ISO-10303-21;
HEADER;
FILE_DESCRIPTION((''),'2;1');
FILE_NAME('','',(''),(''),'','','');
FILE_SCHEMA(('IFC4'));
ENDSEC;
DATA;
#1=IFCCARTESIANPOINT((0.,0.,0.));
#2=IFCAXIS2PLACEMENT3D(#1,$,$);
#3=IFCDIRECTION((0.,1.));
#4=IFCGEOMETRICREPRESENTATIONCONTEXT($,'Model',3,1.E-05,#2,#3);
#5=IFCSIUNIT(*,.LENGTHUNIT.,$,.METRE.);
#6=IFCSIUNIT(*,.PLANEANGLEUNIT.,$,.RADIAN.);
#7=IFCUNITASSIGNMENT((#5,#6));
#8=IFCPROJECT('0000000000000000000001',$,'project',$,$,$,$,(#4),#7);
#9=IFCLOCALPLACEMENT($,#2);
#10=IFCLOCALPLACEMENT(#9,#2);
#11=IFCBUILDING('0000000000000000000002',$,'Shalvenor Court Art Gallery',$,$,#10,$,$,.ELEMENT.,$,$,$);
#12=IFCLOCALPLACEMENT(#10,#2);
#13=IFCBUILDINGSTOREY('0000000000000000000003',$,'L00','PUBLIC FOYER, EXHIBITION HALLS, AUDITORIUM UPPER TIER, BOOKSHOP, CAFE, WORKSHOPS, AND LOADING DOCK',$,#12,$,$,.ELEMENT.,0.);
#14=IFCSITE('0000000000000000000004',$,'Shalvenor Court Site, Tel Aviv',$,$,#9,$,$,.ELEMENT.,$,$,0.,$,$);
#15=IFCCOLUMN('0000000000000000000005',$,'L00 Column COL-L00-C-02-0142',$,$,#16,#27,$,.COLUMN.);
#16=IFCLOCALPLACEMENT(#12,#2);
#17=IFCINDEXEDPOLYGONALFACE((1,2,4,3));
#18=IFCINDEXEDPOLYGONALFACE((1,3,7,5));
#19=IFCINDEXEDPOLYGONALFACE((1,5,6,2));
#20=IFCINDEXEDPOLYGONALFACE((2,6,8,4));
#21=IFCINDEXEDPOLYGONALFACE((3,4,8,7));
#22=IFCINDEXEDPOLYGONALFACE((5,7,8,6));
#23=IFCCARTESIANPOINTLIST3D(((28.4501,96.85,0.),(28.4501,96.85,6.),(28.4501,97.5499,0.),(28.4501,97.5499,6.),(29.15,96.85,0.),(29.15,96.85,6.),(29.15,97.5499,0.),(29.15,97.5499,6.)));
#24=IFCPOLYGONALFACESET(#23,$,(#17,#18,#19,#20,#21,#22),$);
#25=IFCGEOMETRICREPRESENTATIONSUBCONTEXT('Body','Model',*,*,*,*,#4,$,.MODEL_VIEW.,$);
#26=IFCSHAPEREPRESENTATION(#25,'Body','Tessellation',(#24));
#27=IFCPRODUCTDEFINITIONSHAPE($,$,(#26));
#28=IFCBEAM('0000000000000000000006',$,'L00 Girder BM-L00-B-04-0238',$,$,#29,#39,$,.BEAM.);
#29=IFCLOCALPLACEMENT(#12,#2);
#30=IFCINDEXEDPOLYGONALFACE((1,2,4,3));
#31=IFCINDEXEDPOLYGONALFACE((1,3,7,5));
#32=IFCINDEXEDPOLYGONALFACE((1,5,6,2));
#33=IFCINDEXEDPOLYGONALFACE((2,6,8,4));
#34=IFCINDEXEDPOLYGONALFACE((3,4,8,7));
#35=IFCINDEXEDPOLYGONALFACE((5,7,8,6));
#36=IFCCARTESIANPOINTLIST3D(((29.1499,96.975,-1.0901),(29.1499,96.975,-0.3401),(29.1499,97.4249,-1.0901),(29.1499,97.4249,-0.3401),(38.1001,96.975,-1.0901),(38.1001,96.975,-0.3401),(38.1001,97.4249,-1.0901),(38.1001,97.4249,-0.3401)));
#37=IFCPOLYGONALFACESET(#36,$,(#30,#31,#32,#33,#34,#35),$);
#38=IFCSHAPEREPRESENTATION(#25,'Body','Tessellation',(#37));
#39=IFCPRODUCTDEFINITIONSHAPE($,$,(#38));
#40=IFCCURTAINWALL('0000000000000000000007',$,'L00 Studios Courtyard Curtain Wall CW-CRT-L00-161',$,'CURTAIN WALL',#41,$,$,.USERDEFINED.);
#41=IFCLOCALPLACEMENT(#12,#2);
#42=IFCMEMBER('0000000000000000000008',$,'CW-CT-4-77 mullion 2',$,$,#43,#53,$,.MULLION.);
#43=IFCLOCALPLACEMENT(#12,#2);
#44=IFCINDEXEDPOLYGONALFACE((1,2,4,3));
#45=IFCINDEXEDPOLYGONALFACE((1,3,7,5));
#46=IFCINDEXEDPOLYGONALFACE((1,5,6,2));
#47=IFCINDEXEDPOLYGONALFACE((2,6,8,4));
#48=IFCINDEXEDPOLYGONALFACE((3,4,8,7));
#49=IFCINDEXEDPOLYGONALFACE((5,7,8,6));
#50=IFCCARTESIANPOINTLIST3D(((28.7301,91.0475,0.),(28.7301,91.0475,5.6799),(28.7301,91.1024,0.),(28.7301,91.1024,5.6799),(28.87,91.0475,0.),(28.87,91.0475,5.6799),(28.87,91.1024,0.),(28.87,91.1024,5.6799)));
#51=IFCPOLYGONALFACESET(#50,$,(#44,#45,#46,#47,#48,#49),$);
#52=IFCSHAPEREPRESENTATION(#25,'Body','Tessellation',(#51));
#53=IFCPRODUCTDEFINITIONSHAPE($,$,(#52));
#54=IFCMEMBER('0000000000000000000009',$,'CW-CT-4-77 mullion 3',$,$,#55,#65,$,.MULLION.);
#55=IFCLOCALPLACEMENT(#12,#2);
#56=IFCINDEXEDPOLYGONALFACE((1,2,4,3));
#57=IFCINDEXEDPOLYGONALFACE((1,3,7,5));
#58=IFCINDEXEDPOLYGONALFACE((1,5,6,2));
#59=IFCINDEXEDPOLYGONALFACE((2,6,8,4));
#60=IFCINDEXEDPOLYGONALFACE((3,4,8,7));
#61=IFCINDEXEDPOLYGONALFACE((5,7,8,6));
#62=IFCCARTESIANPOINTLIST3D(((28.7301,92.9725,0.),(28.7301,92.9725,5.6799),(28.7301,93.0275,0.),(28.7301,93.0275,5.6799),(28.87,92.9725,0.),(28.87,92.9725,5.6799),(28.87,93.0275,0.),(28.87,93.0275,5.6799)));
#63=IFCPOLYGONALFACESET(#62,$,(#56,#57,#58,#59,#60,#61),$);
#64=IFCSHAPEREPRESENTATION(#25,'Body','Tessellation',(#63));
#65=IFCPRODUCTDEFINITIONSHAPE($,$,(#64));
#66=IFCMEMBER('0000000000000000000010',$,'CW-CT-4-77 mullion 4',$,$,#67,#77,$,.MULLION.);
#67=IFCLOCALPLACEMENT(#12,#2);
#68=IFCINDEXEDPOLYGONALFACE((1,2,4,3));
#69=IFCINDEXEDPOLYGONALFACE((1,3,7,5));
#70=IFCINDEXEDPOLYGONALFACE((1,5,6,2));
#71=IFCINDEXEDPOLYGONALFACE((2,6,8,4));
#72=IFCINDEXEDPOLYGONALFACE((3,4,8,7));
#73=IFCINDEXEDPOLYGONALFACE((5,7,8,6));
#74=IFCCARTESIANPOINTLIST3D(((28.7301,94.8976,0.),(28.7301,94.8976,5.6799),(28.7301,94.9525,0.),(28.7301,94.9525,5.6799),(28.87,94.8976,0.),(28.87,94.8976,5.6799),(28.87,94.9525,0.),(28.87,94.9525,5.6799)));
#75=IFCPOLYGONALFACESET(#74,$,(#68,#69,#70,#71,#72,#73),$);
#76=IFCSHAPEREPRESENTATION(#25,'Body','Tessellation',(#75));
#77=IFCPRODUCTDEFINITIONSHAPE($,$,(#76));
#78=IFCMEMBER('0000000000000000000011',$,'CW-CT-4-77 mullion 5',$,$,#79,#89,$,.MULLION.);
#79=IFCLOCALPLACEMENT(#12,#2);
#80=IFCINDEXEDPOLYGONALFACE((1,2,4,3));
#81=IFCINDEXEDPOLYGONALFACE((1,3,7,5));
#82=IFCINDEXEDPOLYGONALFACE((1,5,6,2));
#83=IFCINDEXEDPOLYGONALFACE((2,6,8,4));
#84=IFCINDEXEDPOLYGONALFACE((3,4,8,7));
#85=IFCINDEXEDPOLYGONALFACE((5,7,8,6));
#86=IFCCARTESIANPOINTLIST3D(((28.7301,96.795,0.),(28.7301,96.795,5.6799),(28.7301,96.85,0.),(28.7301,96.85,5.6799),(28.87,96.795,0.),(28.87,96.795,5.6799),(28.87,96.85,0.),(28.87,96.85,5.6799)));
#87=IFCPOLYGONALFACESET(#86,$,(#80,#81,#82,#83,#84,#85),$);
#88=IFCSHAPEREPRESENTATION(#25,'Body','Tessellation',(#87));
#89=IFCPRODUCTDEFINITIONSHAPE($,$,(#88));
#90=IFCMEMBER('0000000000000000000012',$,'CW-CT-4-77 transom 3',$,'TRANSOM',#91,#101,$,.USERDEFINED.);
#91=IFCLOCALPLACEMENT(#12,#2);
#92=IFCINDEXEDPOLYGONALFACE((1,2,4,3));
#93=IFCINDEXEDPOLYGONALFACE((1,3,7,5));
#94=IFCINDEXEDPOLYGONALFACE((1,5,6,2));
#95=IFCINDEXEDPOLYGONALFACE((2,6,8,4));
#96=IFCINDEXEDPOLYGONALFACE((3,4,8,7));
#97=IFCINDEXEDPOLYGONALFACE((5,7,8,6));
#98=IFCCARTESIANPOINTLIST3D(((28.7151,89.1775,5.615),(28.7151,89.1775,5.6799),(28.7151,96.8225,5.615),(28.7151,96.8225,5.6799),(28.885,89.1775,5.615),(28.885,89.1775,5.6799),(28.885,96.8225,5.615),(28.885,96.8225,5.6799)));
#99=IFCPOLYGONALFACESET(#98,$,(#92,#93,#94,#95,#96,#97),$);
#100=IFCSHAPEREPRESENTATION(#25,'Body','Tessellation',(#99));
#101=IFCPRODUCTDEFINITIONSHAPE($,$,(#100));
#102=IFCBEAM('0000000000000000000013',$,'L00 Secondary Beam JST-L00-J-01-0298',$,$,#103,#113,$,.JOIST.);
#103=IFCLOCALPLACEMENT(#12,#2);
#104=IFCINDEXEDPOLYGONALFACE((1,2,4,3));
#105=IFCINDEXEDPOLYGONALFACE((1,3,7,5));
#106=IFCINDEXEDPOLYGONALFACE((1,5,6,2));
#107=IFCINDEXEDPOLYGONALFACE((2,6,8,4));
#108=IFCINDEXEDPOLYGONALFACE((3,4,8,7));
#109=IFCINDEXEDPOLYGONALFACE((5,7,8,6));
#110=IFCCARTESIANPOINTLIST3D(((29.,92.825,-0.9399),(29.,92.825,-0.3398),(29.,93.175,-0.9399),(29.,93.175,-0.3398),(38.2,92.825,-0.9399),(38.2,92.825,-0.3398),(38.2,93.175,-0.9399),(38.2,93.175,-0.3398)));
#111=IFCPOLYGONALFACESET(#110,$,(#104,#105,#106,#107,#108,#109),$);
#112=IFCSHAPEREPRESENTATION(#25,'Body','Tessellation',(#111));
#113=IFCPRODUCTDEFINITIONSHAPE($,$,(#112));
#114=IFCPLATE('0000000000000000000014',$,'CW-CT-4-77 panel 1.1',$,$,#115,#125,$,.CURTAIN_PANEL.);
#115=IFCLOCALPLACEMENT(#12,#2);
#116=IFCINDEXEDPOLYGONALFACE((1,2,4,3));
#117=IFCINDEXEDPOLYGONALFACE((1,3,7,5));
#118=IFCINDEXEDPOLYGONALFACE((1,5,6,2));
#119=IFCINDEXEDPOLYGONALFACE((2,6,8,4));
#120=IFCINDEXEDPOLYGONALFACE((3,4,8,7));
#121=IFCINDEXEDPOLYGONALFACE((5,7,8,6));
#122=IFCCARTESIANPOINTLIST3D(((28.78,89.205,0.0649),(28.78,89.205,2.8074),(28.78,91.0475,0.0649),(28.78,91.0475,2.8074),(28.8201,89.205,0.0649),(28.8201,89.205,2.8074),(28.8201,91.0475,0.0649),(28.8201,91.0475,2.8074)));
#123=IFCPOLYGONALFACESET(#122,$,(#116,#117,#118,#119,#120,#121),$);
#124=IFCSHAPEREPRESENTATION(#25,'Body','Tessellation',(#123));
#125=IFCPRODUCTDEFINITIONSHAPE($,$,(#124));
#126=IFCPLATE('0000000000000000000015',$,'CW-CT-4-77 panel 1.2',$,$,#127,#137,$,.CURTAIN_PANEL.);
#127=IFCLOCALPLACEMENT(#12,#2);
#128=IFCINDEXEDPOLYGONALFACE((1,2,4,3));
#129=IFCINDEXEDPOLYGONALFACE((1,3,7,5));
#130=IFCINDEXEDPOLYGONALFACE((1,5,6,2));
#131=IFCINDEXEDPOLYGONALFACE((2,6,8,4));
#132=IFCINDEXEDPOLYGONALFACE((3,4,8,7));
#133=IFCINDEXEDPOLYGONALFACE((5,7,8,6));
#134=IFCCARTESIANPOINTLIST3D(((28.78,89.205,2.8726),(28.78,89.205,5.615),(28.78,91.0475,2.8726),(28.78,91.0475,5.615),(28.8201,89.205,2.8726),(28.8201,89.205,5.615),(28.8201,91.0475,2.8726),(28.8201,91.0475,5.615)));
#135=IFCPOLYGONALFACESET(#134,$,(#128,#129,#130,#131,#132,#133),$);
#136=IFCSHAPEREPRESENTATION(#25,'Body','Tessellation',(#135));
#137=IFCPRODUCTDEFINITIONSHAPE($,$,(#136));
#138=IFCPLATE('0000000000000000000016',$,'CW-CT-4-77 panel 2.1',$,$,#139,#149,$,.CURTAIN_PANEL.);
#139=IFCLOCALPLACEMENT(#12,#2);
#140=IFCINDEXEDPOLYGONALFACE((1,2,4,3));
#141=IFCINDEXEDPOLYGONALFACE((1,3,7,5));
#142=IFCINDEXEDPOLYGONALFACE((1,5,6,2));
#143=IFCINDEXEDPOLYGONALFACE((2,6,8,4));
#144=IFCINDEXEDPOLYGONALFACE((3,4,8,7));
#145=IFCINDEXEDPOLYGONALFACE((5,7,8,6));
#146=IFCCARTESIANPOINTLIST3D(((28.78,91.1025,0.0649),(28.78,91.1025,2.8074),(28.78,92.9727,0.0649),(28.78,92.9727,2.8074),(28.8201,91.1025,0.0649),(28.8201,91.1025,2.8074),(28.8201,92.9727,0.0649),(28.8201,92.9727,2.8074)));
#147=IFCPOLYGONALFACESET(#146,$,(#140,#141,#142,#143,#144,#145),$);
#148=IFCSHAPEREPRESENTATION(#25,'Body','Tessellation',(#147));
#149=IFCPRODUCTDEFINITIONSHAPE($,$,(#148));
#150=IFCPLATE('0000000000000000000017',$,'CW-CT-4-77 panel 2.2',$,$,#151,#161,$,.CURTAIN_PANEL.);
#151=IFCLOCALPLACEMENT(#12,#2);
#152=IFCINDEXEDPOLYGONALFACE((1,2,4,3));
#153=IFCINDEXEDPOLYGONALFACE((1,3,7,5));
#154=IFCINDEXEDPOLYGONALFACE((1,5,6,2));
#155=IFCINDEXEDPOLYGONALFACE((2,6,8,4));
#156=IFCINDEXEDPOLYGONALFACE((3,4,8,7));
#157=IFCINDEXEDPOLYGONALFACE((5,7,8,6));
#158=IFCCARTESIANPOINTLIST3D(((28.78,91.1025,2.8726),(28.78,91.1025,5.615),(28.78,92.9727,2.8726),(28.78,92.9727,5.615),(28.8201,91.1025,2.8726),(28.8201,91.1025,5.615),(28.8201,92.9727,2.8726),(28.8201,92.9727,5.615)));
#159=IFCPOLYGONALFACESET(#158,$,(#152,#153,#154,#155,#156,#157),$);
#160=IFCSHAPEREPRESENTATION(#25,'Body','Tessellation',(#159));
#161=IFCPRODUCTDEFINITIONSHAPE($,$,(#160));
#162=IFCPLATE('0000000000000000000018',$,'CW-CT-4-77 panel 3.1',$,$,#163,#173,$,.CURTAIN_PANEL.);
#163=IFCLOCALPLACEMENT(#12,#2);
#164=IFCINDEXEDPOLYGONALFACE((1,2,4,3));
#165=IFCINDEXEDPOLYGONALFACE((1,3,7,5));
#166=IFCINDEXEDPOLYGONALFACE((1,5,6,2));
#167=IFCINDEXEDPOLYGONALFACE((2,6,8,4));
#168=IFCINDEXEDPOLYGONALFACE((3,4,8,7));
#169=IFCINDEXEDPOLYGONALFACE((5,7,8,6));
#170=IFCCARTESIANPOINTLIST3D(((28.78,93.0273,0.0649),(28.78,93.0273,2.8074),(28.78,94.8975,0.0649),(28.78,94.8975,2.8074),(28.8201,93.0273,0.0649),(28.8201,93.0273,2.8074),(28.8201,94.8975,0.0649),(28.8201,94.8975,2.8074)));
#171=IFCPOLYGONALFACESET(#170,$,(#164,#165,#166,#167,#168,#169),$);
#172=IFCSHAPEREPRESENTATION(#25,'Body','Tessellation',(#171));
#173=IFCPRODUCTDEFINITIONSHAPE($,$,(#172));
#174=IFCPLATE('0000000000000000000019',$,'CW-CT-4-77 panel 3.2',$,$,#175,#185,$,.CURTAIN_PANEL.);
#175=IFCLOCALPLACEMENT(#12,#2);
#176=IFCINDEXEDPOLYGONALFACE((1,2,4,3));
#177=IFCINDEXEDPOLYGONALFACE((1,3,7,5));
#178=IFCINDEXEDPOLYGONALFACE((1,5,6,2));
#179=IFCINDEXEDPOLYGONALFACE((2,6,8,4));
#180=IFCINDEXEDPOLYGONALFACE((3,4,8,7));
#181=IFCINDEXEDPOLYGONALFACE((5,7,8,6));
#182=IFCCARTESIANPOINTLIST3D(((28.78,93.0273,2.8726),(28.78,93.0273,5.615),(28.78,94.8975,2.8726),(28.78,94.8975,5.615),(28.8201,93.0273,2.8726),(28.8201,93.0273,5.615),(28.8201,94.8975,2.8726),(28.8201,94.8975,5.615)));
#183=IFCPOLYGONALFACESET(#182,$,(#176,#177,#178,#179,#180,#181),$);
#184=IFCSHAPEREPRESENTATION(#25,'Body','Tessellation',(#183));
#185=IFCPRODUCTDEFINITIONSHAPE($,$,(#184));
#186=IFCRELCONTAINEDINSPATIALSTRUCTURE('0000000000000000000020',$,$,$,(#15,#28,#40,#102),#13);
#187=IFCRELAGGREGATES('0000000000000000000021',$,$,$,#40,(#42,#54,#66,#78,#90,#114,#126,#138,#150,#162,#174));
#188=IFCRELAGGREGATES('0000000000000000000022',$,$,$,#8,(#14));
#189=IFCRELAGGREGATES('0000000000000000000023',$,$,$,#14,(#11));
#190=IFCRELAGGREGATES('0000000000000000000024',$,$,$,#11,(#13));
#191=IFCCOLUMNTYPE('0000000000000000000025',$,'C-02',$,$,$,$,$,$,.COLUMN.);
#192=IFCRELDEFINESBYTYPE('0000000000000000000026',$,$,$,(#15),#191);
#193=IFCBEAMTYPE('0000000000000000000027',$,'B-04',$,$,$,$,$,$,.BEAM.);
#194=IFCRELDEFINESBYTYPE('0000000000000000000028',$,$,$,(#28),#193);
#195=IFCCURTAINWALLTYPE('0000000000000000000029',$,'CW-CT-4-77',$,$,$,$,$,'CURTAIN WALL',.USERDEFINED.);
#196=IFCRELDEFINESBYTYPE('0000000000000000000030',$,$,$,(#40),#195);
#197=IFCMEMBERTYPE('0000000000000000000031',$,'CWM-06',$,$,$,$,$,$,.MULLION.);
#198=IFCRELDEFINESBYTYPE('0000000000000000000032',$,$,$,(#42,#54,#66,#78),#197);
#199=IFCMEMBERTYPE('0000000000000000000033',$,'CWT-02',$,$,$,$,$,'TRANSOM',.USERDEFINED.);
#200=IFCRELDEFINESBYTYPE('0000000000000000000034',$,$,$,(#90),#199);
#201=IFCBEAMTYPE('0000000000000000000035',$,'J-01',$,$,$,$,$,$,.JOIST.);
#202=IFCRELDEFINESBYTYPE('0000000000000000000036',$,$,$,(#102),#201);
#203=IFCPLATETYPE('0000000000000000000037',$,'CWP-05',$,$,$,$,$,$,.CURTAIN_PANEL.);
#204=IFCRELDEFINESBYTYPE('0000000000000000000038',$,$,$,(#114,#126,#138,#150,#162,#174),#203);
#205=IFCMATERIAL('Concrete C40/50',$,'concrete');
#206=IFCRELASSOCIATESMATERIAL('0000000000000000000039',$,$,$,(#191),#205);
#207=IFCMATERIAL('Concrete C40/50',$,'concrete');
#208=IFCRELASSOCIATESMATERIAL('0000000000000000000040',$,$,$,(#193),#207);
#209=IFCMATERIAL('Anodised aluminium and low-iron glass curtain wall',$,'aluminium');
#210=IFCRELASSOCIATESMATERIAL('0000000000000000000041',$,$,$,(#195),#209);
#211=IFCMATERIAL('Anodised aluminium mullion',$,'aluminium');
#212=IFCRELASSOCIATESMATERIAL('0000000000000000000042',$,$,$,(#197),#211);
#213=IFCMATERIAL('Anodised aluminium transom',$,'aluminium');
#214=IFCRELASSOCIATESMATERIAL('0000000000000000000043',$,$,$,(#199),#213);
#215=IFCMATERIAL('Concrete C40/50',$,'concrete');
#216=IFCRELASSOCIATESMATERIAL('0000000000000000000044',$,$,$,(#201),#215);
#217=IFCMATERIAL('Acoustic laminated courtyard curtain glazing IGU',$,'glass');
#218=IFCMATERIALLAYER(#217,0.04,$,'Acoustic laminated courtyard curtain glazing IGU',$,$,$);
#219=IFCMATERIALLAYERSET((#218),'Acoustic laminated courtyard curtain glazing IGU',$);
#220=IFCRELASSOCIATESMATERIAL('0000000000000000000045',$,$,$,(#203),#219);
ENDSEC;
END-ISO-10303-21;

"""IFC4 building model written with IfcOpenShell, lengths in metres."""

from ifc_helpers import new_model, si_unit, direction, frame, origin, origin_2d, place, context, subcontext, project, spatial, rectangle, extrude, material, layer, layer_set, material_profile, profile_set, type_object, element, aggregate, save


model = new_model("IFC4")

# Units and contexts
model_context = context("Model", 3, precision=1e-05, world=origin(), true_north=direction((0.0, 1.0)))
body_context = subcontext(model_context, "Body", "Model", "MODEL_VIEW")
ifc_project = project(units=[si_unit("LENGTHUNIT", "METRE"), si_unit("PLANEANGLEUNIT", "RADIAN")], contexts=[model_context])

# Site, building, storey
site_placement = place(None, origin())
site = spatial("IfcSite", under=ifc_project, at=site_placement, Name="Shalvenor Court Site, Tel Aviv", CompositionType="ELEMENT", RefElevation=0.0)
building_placement = place(site_placement, origin())
building = spatial("IfcBuilding", under=site, at=building_placement, Name="Shalvenor Court Art Gallery", CompositionType="ELEMENT")
storey_placement = place(building_placement, origin())
storey = spatial("IfcBuildingStorey", under=building, at=storey_placement, Name="L00", Description="PUBLIC FOYER, EXHIBITION HALLS, AUDITORIUM UPPER TIER, BOOKSHOP, CAFE, WORKSHOPS, AND LOADING DOCK", CompositionType="ELEMENT", Elevation=0.0)

# Column
ifc_material_1 = material(Name="Concrete C40/50", Category="concrete")
ifc_material_profile_1 = material_profile(ifc_material_1, rectangle(XDim=0.7, YDim=0.7, at=origin_2d()), Name="RC 700x700")
ifc_profile_set_1 = profile_set([ifc_material_profile_1], Name="Concrete C40/50")
column_type = type_object("IfcColumnType", Name="C-02", PredefinedType="COLUMN", material=ifc_profile_set_1)
column_placement = place(storey_placement, frame((28.8, 97.2, 0.0), z_axis=(0.0, 0.0, 1.0), x_axis=(1.0, 0.0, 0.0)))
element("IfcColumn", 1, at=column_placement, inside=storey, type_object=column_type, Name="L00 Column COL-L00-C-02-0142", PredefinedType="COLUMN", context=body_context, shape_type="SweptSolid", body=[
    extrude(rectangle(XDim=0.7, YDim=0.7, at=origin_2d()), origin(), (0.0, 0.0, 1.0), 6.0),
])

# Beam
ifc_material_2 = material(Name="Concrete C40/50", Category="concrete")
ifc_material_profile_2 = material_profile(ifc_material_2, rectangle(XDim=0.45, YDim=0.75, at=origin_2d()), Name="RC 450x750")
ifc_profile_set_2 = profile_set([ifc_material_profile_2], Name="Concrete C40/50")
beam_type_1 = type_object("IfcBeamType", Name="B-04", PredefinedType="BEAM", material=ifc_profile_set_2)
beam_1_placement = place(storey_placement, frame((29.1499, 97.2, -0.7151), z_axis=(1.0, 0.0, 0.0), x_axis=(0.0, 1.0, 0.0)))
element("IfcBeam", 2, at=beam_1_placement, inside=storey, type_object=beam_type_1, Name="L00 Girder BM-L00-B-04-0238", PredefinedType="BEAM", context=body_context, shape_type="SweptSolid", body=[
    extrude(rectangle(XDim=0.45, YDim=0.75, at=origin_2d()), origin(), (0.0, 0.0, 1.0), 8.9502),
])

# Curtain wall, members
ifc_material_3 = material(Name="Anodised aluminium and low-iron glass curtain wall", Category="aluminium")
curtain_wall_type = type_object("IfcCurtainWallType", Name="CW-CT-4-77", ElementType="CURTAIN WALL", PredefinedType="USERDEFINED", material=ifc_material_3)
curtain_wall_placement = place(storey_placement, origin())
curtain_wall = element("IfcCurtainWall", 3, at=curtain_wall_placement, inside=storey, type_object=curtain_wall_type, Name="L00 Studios Courtyard Curtain Wall CW-CRT-L00-161", ObjectType="CURTAIN WALL", PredefinedType="USERDEFINED")
ifc_material_4 = material(Name="Anodised aluminium mullion", Category="aluminium")
ifc_material_profile_3 = material_profile(ifc_material_4, rectangle(XDim=0.0549, YDim=0.1399, at=origin_2d()), Name="CWM-06")
ifc_profile_set_3 = profile_set([ifc_material_profile_3], Name="Anodised aluminium mullion")
member_type_1 = type_object("IfcMemberType", Name="CWM-06", PredefinedType="MULLION", material=ifc_profile_set_3)
member_1_placement = place(storey_placement, frame((28.8, 91.075, 0.0), z_axis=(0.0, 0.0, 1.0), x_axis=(0.0, 1.0, 0.0)))
member_1 = element("IfcMember", 4, at=member_1_placement, type_object=member_type_1, Name="CW-CT-4-77 mullion 2", PredefinedType="MULLION", context=body_context, shape_type="SweptSolid", body=[
    extrude(rectangle(XDim=0.0549, YDim=0.1399, at=origin_2d()), origin(), (0.0, 0.0, 1.0), 5.6799),
])
member_2_placement = place(storey_placement, frame((28.8, 93.0, 0.0), z_axis=(0.0, 0.0, 1.0), x_axis=(0.0, 1.0, 0.0)))
member_2 = element("IfcMember", 5, at=member_2_placement, type_object=member_type_1, Name="CW-CT-4-77 mullion 3", PredefinedType="MULLION", context=body_context, shape_type="SweptSolid", body=[
    extrude(rectangle(XDim=0.0549, YDim=0.1399, at=origin_2d()), origin(), (0.0, 0.0, 1.0), 5.6799),
])
member_3_placement = place(storey_placement, frame((28.8, 94.925, 0.0), z_axis=(0.0, 0.0, 1.0), x_axis=(0.0, 1.0, 0.0)))
member_3 = element("IfcMember", 6, at=member_3_placement, type_object=member_type_1, Name="CW-CT-4-77 mullion 4", PredefinedType="MULLION", context=body_context, shape_type="SweptSolid", body=[
    extrude(rectangle(XDim=0.0549, YDim=0.1399, at=origin_2d()), origin(), (0.0, 0.0, 1.0), 5.6799),
])
member_4_placement = place(storey_placement, frame((28.8, 96.8225, 0.0), z_axis=(0.0, 0.0, 1.0), x_axis=(0.0, 1.0, 0.0)))
member_4 = element("IfcMember", 7, at=member_4_placement, type_object=member_type_1, Name="CW-CT-4-77 mullion 5", PredefinedType="MULLION", context=body_context, shape_type="SweptSolid", body=[
    extrude(rectangle(XDim=0.0549, YDim=0.1399, at=origin_2d()), origin(), (0.0, 0.0, 1.0), 5.6799),
])
ifc_material_5 = material(Name="Anodised aluminium transom", Category="aluminium")
ifc_material_profile_4 = material_profile(ifc_material_5, rectangle(XDim=0.1699, YDim=0.0649, at=origin_2d()), Name="CWT-02")
ifc_profile_set_4 = profile_set([ifc_material_profile_4], Name="Anodised aluminium transom")
member_type_2 = type_object("IfcMemberType", Name="CWT-02", ElementType="TRANSOM", PredefinedType="USERDEFINED", material=ifc_profile_set_4)
member_5_placement = place(storey_placement, frame((28.8, 89.1775, 5.6475), z_axis=(0.0, 1.0, 0.0), x_axis=(-1.0, 0.0, 0.0)))
member_5 = element("IfcMember", 8, at=member_5_placement, type_object=member_type_2, Name="CW-CT-4-77 transom 3", ObjectType="TRANSOM", PredefinedType="USERDEFINED", context=body_context, shape_type="SweptSolid", body=[
    extrude(rectangle(XDim=0.1699, YDim=0.0649, at=origin_2d()), origin(), (0.0, 0.0, 1.0), 7.645),
])

# Beam
ifc_material_6 = material(Name="Concrete C40/50", Category="concrete")
ifc_material_profile_5 = material_profile(ifc_material_6, rectangle(XDim=0.3501, YDim=0.6001, at=origin_2d()), Name="RC 350x600")
ifc_profile_set_5 = profile_set([ifc_material_profile_5], Name="Concrete C40/50")
beam_type_2 = type_object("IfcBeamType", Name="J-01", PredefinedType="JOIST", material=ifc_profile_set_5)
beam_2_placement = place(storey_placement, frame((29.0, 93.0, -0.6399), z_axis=(1.0, 0.0, 0.0), x_axis=(0.0, 1.0, 0.0)))
element("IfcBeam", 9, at=beam_2_placement, inside=storey, type_object=beam_type_2, Name="L00 Secondary Beam JST-L00-J-01-0298", PredefinedType="JOIST", context=body_context, shape_type="SweptSolid", body=[
    extrude(rectangle(XDim=0.3501, YDim=0.6001, at=origin_2d()), origin(), (0.0, 0.0, 1.0), 9.2),
])

# Plates
ifc_material_7 = material(Name="Acoustic laminated courtyard curtain glazing IGU", Category="glass")
ifc_layer_1 = layer(ifc_material_7, 0.04, Name="Acoustic laminated courtyard curtain glazing IGU")
ifc_layer_set_1 = layer_set([ifc_layer_1], Name="Acoustic laminated courtyard curtain glazing IGU")
plate_type = type_object("IfcPlateType", Name="CWP-05", PredefinedType="CURTAIN_PANEL", material=ifc_layer_set_1)
plate_1_placement = place(storey_placement, frame((28.8, 90.1262, 0.0649), z_axis=(0.0, 0.0, 1.0), x_axis=(0.0, 1.0, 0.0)))
plate_1 = element("IfcPlate", 10, at=plate_1_placement, type_object=plate_type, Name="CW-CT-4-77 panel 1.1", PredefinedType="CURTAIN_PANEL", context=body_context, shape_type="SweptSolid", body=[
    extrude(rectangle(XDim=1.8425, YDim=0.04, at=origin_2d()), origin(), (0.0, 0.0, 1.0), 2.7424),
])
plate_2_placement = place(storey_placement, frame((28.8, 90.1262, 2.8726), z_axis=(0.0, 0.0, 1.0), x_axis=(0.0, 1.0, 0.0)))
plate_2 = element("IfcPlate", 11, at=plate_2_placement, type_object=plate_type, Name="CW-CT-4-77 panel 1.2", PredefinedType="CURTAIN_PANEL", context=body_context, shape_type="SweptSolid", body=[
    extrude(rectangle(XDim=1.8425, YDim=0.04, at=origin_2d()), origin(), (0.0, 0.0, 1.0), 2.7424),
])
plate_3_placement = place(storey_placement, frame((28.8, 92.0376, 0.0649), z_axis=(0.0, 0.0, 1.0), x_axis=(0.0, 1.0, 0.0)))
plate_3 = element("IfcPlate", 12, at=plate_3_placement, type_object=plate_type, Name="CW-CT-4-77 panel 2.1", PredefinedType="CURTAIN_PANEL", context=body_context, shape_type="SweptSolid", body=[
    extrude(rectangle(XDim=1.8701, YDim=0.04, at=origin_2d()), origin(), (0.0, 0.0, 1.0), 2.7424),
])
plate_4_placement = place(storey_placement, frame((28.8, 92.0376, 2.8726), z_axis=(0.0, 0.0, 1.0), x_axis=(0.0, 1.0, 0.0)))
plate_4 = element("IfcPlate", 13, at=plate_4_placement, type_object=plate_type, Name="CW-CT-4-77 panel 2.2", PredefinedType="CURTAIN_PANEL", context=body_context, shape_type="SweptSolid", body=[
    extrude(rectangle(XDim=1.8701, YDim=0.04, at=origin_2d()), origin(), (0.0, 0.0, 1.0), 2.7424),
])
plate_5_placement = place(storey_placement, frame((28.8, 93.9624, 0.0649), z_axis=(0.0, 0.0, 1.0), x_axis=(0.0, 1.0, 0.0)))
plate_5 = element("IfcPlate", 14, at=plate_5_placement, type_object=plate_type, Name="CW-CT-4-77 panel 3.1", PredefinedType="CURTAIN_PANEL", context=body_context, shape_type="SweptSolid", body=[
    extrude(rectangle(XDim=1.8701, YDim=0.04, at=origin_2d()), origin(), (0.0, 0.0, 1.0), 2.7424),
])
plate_6_placement = place(storey_placement, frame((28.8, 93.9624, 2.8726), z_axis=(0.0, 0.0, 1.0), x_axis=(0.0, 1.0, 0.0)))
plate_6 = element("IfcPlate", 15, at=plate_6_placement, type_object=plate_type, Name="CW-CT-4-77 panel 3.2", PredefinedType="CURTAIN_PANEL", context=body_context, shape_type="SweptSolid", body=[
    extrude(rectangle(XDim=1.8701, YDim=0.04, at=origin_2d()), origin(), (0.0, 0.0, 1.0), 2.7424),
])
aggregate(curtain_wall, [member_1, member_2, member_3, member_4, member_5, plate_1, plate_2, plate_3, plate_4, plate_5, plate_6])

save(model, "model.ifc")
